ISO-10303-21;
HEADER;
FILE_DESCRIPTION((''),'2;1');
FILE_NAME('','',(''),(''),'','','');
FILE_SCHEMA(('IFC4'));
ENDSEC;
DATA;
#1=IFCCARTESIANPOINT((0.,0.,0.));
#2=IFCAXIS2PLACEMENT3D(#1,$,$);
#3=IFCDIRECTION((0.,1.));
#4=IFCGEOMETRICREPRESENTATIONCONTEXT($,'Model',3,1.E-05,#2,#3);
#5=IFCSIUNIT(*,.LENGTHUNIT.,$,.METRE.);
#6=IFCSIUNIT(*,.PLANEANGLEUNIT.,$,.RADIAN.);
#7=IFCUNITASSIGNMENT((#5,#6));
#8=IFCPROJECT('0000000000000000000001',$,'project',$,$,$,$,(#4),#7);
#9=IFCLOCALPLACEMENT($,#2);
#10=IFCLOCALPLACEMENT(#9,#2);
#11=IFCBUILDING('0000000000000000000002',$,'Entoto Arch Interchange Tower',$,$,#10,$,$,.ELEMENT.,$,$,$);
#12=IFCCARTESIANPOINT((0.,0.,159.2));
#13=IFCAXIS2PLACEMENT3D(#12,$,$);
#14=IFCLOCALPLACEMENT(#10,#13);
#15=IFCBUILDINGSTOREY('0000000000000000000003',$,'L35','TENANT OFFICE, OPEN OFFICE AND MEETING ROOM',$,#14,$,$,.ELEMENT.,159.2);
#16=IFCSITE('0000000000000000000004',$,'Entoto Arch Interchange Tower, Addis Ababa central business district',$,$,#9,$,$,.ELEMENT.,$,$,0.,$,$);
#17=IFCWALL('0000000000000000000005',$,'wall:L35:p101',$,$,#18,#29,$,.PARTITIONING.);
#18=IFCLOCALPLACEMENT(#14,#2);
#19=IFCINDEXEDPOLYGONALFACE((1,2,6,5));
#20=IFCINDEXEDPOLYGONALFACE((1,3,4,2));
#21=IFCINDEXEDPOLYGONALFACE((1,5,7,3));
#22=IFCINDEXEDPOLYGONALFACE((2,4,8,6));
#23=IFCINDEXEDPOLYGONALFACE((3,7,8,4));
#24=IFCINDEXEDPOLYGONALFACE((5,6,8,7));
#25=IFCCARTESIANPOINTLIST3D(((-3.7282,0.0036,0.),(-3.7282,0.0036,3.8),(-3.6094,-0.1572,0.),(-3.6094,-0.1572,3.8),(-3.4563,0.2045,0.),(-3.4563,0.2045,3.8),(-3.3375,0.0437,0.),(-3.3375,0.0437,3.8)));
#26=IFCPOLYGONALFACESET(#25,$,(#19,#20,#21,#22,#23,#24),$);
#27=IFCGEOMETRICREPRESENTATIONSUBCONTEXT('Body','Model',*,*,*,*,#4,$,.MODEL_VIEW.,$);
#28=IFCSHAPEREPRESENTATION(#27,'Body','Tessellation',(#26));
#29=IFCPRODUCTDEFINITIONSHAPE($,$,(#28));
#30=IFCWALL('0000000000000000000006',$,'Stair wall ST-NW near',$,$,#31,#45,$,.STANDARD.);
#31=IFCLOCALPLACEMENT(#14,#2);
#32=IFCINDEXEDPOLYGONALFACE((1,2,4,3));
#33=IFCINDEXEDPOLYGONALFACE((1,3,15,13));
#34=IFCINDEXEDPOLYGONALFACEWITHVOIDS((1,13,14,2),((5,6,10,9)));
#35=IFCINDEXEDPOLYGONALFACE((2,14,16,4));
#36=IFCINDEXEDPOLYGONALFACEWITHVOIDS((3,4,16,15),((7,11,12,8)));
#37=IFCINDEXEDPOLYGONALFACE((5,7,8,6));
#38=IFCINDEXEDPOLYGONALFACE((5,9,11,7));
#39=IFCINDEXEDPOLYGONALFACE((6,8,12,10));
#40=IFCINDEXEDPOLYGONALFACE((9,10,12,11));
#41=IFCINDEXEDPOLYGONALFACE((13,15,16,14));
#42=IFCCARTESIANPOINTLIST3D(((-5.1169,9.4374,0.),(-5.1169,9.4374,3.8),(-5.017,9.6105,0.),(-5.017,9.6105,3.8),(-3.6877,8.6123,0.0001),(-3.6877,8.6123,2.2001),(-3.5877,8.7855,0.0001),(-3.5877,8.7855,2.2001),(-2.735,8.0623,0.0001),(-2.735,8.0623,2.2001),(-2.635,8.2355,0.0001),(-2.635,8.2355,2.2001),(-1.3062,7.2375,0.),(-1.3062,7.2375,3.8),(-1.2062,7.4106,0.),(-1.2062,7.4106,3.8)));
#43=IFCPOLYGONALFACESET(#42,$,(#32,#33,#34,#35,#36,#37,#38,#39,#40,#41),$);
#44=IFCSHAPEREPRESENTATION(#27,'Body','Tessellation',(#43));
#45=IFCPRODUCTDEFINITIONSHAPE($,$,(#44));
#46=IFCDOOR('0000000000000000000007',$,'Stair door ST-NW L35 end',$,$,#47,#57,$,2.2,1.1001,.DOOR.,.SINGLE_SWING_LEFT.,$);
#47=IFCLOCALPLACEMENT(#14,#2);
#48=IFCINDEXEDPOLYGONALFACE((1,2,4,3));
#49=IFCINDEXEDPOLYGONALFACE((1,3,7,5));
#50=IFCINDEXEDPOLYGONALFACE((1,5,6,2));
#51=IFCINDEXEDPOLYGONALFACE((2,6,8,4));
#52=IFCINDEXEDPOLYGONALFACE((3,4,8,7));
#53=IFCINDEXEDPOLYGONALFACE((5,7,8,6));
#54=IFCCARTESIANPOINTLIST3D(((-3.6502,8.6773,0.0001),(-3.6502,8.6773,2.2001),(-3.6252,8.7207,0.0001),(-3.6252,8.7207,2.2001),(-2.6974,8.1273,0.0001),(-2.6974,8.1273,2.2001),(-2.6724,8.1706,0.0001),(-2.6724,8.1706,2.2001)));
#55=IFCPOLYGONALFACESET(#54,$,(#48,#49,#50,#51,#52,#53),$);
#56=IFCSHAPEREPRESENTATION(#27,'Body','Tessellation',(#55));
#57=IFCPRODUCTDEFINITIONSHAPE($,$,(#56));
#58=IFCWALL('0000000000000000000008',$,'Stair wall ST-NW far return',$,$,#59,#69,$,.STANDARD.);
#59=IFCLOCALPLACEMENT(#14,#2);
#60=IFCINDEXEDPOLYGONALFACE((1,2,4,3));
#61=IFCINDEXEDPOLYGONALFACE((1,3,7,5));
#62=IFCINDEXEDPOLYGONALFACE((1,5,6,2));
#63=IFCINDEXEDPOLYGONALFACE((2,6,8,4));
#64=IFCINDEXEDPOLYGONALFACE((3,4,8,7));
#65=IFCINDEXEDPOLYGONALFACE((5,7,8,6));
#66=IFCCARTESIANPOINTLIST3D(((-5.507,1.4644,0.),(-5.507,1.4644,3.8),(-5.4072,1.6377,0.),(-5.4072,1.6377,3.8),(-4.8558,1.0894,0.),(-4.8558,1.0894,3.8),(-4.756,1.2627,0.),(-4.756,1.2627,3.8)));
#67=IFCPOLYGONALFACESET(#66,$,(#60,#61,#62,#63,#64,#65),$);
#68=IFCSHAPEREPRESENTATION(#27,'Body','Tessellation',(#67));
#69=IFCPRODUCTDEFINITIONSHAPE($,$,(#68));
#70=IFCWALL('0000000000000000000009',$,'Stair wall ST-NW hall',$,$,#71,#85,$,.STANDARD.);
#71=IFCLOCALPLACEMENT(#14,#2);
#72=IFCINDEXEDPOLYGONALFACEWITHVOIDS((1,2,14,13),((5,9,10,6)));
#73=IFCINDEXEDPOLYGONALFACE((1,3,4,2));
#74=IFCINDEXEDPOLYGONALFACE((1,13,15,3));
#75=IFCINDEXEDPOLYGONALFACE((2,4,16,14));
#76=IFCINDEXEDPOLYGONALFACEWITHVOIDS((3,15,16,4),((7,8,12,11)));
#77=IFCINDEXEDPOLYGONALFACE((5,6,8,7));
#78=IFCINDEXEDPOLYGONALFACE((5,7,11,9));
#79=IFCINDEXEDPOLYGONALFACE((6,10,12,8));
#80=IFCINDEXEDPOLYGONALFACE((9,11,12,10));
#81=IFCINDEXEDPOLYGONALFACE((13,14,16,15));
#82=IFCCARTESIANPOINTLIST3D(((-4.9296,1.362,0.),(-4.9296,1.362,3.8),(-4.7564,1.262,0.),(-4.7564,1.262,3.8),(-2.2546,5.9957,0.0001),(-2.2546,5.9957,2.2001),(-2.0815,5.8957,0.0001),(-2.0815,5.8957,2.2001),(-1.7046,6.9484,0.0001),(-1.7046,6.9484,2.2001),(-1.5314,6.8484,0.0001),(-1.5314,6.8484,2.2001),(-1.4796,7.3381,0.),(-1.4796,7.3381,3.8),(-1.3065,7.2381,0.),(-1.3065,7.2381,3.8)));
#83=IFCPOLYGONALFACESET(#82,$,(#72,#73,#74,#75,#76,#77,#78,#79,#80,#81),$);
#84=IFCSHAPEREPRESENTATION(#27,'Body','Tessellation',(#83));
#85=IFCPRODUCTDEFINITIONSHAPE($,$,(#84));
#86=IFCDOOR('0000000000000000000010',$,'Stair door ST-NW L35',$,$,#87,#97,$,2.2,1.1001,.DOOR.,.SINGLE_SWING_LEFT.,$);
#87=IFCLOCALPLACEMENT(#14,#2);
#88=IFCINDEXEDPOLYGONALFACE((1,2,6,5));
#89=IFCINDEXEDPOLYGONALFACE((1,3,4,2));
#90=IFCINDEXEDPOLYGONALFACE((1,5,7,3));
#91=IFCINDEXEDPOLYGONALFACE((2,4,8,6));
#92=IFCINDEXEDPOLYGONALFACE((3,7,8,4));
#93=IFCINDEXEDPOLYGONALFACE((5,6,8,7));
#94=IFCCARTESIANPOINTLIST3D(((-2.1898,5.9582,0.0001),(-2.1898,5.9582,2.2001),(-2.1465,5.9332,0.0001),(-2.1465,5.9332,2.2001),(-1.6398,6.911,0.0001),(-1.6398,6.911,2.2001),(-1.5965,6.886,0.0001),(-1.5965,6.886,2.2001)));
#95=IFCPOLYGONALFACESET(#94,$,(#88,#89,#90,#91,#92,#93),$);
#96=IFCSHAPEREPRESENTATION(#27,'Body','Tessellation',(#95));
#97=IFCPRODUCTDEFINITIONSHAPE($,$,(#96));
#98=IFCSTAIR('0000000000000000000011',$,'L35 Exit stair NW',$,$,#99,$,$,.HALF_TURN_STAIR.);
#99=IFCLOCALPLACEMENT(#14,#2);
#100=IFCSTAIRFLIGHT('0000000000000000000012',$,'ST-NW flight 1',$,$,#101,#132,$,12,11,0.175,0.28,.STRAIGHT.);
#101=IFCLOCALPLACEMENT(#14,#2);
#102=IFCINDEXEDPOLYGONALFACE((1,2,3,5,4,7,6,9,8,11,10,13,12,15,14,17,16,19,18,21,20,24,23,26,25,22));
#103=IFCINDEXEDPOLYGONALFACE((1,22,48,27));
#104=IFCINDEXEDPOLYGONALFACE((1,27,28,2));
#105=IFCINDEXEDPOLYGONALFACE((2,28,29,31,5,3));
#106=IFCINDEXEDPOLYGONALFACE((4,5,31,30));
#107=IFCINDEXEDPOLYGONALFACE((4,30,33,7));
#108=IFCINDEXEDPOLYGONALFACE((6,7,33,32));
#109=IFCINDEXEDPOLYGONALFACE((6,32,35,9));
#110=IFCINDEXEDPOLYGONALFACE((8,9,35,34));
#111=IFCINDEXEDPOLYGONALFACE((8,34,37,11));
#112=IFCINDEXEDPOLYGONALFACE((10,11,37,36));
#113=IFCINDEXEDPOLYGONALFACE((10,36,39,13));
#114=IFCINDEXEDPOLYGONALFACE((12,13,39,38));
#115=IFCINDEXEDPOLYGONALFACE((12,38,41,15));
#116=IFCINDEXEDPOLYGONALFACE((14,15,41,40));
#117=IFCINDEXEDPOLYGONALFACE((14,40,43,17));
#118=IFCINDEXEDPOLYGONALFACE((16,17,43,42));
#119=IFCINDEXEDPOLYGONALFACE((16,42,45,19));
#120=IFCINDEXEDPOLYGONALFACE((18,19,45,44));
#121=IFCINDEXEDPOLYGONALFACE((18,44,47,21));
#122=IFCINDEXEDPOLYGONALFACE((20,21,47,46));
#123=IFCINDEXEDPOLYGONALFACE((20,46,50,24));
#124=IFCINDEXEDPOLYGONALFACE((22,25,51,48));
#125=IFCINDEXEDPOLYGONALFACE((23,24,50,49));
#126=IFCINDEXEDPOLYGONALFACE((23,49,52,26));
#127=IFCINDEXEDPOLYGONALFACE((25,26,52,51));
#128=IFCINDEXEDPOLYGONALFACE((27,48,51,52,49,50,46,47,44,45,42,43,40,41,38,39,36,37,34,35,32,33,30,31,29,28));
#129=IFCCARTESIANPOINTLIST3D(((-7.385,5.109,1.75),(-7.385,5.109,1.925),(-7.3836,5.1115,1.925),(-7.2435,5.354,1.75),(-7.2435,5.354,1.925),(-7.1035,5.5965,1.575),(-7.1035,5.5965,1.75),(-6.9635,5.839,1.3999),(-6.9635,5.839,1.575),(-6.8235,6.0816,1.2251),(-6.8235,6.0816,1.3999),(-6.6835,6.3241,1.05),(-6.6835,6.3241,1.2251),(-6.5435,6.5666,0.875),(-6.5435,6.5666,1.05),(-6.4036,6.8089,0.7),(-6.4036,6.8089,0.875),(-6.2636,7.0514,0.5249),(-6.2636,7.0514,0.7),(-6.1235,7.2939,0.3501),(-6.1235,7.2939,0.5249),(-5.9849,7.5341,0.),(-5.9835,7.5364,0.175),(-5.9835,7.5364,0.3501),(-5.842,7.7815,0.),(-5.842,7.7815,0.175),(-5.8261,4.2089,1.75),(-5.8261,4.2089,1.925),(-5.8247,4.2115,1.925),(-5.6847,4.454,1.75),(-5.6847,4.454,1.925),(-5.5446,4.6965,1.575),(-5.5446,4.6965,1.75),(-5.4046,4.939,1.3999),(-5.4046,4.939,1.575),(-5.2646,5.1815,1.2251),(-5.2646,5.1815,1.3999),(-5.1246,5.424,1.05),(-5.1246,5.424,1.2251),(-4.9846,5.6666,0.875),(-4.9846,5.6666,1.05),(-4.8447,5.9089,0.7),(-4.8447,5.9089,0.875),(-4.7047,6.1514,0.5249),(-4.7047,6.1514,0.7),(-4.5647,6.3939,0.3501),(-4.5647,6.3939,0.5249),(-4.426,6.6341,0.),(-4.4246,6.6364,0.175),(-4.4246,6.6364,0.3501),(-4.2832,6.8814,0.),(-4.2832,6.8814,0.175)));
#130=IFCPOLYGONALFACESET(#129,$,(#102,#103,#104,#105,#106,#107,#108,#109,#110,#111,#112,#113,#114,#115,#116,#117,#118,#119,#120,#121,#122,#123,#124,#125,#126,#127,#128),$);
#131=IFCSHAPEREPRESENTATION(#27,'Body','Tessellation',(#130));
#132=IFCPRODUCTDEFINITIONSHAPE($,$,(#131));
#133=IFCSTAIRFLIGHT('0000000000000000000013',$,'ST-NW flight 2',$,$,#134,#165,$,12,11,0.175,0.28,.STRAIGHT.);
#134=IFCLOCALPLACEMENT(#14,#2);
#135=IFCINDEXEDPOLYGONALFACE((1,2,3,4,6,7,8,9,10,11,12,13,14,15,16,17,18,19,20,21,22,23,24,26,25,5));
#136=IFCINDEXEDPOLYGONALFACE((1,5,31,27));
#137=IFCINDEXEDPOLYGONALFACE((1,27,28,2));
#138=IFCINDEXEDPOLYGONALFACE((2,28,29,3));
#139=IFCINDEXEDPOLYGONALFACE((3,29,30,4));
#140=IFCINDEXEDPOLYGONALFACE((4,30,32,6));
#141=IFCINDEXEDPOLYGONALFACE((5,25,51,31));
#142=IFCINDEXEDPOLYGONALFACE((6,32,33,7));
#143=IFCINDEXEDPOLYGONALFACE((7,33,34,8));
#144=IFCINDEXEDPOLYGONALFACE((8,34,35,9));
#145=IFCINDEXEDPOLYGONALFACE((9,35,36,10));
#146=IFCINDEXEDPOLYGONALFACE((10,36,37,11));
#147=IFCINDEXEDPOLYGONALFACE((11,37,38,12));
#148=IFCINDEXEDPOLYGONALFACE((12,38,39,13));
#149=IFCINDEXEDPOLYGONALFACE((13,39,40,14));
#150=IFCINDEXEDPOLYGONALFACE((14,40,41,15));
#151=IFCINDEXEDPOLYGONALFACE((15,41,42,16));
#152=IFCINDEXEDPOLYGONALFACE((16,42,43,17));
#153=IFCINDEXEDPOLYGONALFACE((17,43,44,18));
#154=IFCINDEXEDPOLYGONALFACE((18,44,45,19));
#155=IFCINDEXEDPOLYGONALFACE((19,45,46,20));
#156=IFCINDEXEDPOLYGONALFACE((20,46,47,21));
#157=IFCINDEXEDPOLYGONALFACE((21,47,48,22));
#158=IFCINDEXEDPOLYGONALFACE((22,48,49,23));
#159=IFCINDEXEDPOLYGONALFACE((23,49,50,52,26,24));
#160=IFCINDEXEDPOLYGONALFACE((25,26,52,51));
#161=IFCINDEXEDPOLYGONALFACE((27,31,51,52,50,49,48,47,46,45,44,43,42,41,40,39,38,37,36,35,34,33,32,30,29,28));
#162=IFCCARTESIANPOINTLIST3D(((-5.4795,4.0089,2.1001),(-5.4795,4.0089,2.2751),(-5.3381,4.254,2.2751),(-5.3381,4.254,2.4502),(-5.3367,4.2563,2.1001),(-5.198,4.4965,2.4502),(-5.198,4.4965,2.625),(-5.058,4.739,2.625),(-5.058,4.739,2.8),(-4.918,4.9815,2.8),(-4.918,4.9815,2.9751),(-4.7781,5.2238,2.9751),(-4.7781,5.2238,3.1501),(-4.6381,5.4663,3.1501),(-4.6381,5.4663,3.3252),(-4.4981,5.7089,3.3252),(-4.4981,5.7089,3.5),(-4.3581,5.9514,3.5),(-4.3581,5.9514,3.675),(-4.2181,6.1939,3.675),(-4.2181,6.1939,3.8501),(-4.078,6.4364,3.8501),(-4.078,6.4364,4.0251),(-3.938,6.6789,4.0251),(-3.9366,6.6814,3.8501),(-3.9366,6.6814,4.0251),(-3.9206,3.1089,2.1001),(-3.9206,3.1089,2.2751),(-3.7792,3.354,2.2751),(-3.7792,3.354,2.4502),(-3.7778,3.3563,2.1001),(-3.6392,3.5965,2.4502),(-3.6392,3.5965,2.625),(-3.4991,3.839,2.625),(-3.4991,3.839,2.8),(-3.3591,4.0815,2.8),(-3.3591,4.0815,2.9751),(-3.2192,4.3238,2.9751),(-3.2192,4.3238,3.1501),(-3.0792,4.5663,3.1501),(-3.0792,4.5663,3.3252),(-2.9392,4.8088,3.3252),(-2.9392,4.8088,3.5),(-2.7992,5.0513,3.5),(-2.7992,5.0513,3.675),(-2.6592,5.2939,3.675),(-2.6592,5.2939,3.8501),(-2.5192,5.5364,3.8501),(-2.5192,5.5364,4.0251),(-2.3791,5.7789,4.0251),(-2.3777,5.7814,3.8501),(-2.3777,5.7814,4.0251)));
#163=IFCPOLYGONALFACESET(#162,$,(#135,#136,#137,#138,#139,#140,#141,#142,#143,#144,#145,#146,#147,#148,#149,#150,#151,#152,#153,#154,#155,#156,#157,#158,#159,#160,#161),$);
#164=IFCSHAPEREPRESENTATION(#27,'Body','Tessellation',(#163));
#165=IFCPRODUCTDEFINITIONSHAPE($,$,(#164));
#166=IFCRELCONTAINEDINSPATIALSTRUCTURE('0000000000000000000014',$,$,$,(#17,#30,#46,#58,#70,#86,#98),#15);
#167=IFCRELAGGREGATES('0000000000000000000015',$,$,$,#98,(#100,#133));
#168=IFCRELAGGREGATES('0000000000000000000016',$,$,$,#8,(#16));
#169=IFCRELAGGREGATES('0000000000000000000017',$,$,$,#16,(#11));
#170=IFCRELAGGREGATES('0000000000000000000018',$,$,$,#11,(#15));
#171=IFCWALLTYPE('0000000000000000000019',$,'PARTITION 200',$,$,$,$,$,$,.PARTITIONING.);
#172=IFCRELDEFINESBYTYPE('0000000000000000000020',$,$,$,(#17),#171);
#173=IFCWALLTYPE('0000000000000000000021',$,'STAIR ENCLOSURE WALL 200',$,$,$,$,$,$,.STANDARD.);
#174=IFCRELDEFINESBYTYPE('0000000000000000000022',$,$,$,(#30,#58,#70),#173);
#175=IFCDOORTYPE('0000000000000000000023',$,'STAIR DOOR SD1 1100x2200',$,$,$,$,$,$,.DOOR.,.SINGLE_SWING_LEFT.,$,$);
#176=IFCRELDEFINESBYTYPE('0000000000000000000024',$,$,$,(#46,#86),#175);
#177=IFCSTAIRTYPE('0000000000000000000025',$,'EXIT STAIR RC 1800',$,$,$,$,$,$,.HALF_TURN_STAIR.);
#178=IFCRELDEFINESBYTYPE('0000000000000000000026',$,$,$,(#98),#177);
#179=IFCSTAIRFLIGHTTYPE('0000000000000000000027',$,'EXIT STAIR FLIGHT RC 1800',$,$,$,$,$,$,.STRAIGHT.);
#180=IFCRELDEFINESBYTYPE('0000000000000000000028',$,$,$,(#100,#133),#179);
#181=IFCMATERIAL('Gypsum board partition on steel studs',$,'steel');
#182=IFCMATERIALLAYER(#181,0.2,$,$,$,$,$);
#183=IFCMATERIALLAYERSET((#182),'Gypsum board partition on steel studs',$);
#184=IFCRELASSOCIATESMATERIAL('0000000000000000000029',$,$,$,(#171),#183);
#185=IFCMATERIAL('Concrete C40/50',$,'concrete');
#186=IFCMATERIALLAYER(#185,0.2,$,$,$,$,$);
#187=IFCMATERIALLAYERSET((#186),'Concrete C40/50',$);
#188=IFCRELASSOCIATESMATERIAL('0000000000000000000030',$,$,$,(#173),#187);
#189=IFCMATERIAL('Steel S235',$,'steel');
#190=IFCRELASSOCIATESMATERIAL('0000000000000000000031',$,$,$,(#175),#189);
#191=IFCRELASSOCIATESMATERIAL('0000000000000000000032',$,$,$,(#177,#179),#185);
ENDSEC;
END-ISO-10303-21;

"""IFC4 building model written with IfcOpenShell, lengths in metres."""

from ifc_helpers import new_model, si_unit, direction, frame, frame_2d, origin, place, context, subcontext, project, spatial, polyline, rectangle, outline, extrude, material, layer, layer_set, type_object, element, fill, aggregate, save


model = new_model("IFC4")

# Units and contexts
model_context = context("Model", 3, precision=1e-05, world=origin(), true_north=direction((0.0, 1.0)))
body_context = subcontext(model_context, "Body", "Model", "MODEL_VIEW")
ifc_project = project(units=[si_unit("LENGTHUNIT", "METRE"), si_unit("PLANEANGLEUNIT", "RADIAN")], contexts=[model_context])

# Site, building, storey
site_placement = place(None, origin())
site = spatial("IfcSite", under=ifc_project, at=site_placement, Name="Entoto Arch Interchange Tower, Addis Ababa central business district", CompositionType="ELEMENT", RefElevation=0.0)
building_placement = place(site_placement, origin())
building = spatial("IfcBuilding", under=site, at=building_placement, Name="Entoto Arch Interchange Tower", CompositionType="ELEMENT")
storey_placement = place(building_placement, frame((0.0, 0.0, 159.2)))
storey = spatial("IfcBuildingStorey", under=building, at=storey_placement, Name="L35", Description="TENANT OFFICE, OPEN OFFICE AND MEETING ROOM", CompositionType="ELEMENT", Elevation=159.2)

# Shared definitions
ifc_material_1 = material(Name="Gypsum board partition on steel studs", Category="steel")
ifc_layer_1 = layer(ifc_material_1, 0.2)
ifc_layer_set_1 = layer_set([ifc_layer_1], Name="Gypsum board partition on steel studs")
wall_type_1 = type_object("IfcWallType", Name="PARTITION 200", PredefinedType="PARTITIONING", material=ifc_layer_set_1)

# Wall
wall_1_placement = place(storey_placement, frame((-3.397, 0.124, 0.0), z_axis=(0.0, 0.0, 1.0), x_axis=(-0.804311, -0.594208, 0.0)))
element("IfcWall", 1, at=wall_1_placement, inside=storey, type_object=wall_type_1, Name="wall:L35:p101", PredefinedType="PARTITIONING", context=body_context, shape_type="SweptSolid", body=[
    extrude(rectangle(XDim=0.3381, YDim=0.2, at=frame_2d((0.1689, 0.0))), origin(), (0.0, 0.0, 1.0), 3.8),
])

# Wall, opening, door
ifc_material_2 = material(Name="Concrete C40/50", Category="concrete")
ifc_layer_2 = layer(ifc_material_2, 0.2)
ifc_layer_set_2 = layer_set([ifc_layer_2], Name="Concrete C40/50")
wall_type_2 = type_object("IfcWallType", Name="STAIR ENCLOSURE WALL 200", PredefinedType="STANDARD", material=ifc_layer_set_2)
wall_2_placement = place(storey_placement, frame((-1.2561, 7.324, 0.0), z_axis=(0.0, 0.0, 1.0), x_axis=(-0.866046, 0.499964, 0.0)))
wall_2 = element("IfcWall", 2, at=wall_2_placement, inside=storey, type_object=wall_type_2, Name="Stair wall ST-NW near", PredefinedType="STANDARD", context=body_context, shape_type="SweptSolid", body=[
    extrude(rectangle(XDim=4.4001, YDim=0.2, at=frame_2d((2.2002, 0.0))), origin(), (0.0, 0.0, 1.0), 3.8),
])
opening_1_placement = place(wall_2_placement, frame((1.6499, 0.0, 0.0)))
opening_1 = element("IfcOpeningElement", 3, at=opening_1_placement, cuts=wall_2, PredefinedType="OPENING", context=body_context, shape_type="SweptSolid", body=[
    extrude(rectangle(XDim=1.1001, YDim=2.2, at=frame_2d((0.55, 1.1001))), frame((0.0, 0.1099, 0.0), z_axis=(0.0, -1.0, 0.0), x_axis=(1.0, 0.0, 0.0)), (0.0, 0.0, 1.0), 0.22),
])
ifc_material_3 = material(Name="Steel S235", Category="steel")
door_type_1 = type_object("IfcDoorType", Name="STAIR DOOR SD1 1100x2200", OperationType="SINGLE_SWING_LEFT", PredefinedType="DOOR", material=ifc_material_3)
door_1_placement = place(opening_1_placement, origin())
door_1 = element("IfcDoor", 4, at=door_1_placement, inside=storey, type_object=door_type_1, Name="Stair door ST-NW L35 end", OperationType="SINGLE_SWING_LEFT", OverallHeight=2.2, OverallWidth=1.1001, PredefinedType="DOOR", context=body_context, shape_type="SweptSolid", body=[
    extrude(rectangle(XDim=1.1001, YDim=2.2, at=frame_2d((0.55, 1.1001))), frame((0.0, 0.0249, 0.0), z_axis=(0.0, -1.0, 0.0), x_axis=(1.0, 0.0, 0.0)), (0.0, 0.0, 1.0), 0.05),
])
fill(opening_1, door_1)

# Wall
wall_3_placement = place(storey_placement, frame((-4.8059, 1.176, 0.0), z_axis=(0.0, 0.0, 1.0), x_axis=(-0.866559, 0.499075, 0.0)))
element("IfcWall", 5, at=wall_3_placement, inside=storey, type_object=wall_type_2, Name="Stair wall ST-NW far return", PredefinedType="STANDARD", context=body_context, shape_type="SweptSolid", body=[
    extrude(rectangle(XDim=0.7515, YDim=0.2, at=frame_2d((0.3757, 0.0))), origin(), (0.0, 0.0, 1.0), 3.8),
])

# Wall, opening, door
wall_4_placement = place(storey_placement, frame((-1.3931, 7.2881, 0.0), z_axis=(0.0, 0.0, 1.0), x_axis=(-0.499963, -0.866047, 0.0)))
wall_4 = element("IfcWall", 6, at=wall_4_placement, inside=storey, type_object=wall_type_2, Name="Stair wall ST-NW hall", PredefinedType="STANDARD", context=body_context, shape_type="SweptSolid", body=[
    extrude(rectangle(XDim=6.9004, YDim=0.2, at=frame_2d((3.4502, 0.0))), origin(), (0.0, 0.0, 1.0), 3.8),
])
opening_2_placement = place(wall_4_placement, frame((0.45, 0.0, 0.0)))
opening_2 = element("IfcOpeningElement", 7, at=opening_2_placement, cuts=wall_4, PredefinedType="OPENING", context=body_context, shape_type="SweptSolid", body=[
    extrude(rectangle(XDim=1.1001, YDim=2.2, at=frame_2d((0.55, 1.1001))), frame((0.0, 0.1099, 0.0), z_axis=(0.0, -1.0, 0.0), x_axis=(1.0, 0.0, 0.0)), (0.0, 0.0, 1.0), 0.22),
])
door_2_placement = place(opening_2_placement, origin())
door_2 = element("IfcDoor", 8, at=door_2_placement, inside=storey, type_object=door_type_1, Name="Stair door ST-NW L35", OperationType="SINGLE_SWING_LEFT", OverallHeight=2.2, OverallWidth=1.1001, PredefinedType="DOOR", context=body_context, shape_type="SweptSolid", body=[
    extrude(rectangle(XDim=1.1001, YDim=2.2, at=frame_2d((0.55, 1.1001))), frame((0.0, 0.0249, 0.0), z_axis=(0.0, -1.0, 0.0), x_axis=(1.0, 0.0, 0.0)), (0.0, 0.0, 1.0), 0.05),
])
fill(opening_2, door_2)

# Stair, stair flights
stair_type = type_object("IfcStairType", Name="EXIT STAIR RC 1800", PredefinedType="HALF_TURN_STAIR", material=ifc_material_2)
stair_placement = place(storey_placement, origin())
stair = element("IfcStair", 9, at=stair_placement, inside=storey, type_object=stair_type, Name="L35 Exit stair NW", PredefinedType="HALF_TURN_STAIR")
stair_flight_type = type_object("IfcStairFlightType", Name="EXIT STAIR FLIGHT RC 1800", PredefinedType="STRAIGHT", material=ifc_material_2)
stair_flight_1_placement = place(storey_placement, frame((-5.064, 7.3289, 0.0), z_axis=(0.0, 0.0, 1.0), x_axis=(-0.5, -0.866025, 0.0)))
stair_flight_1 = element("IfcStairFlight", 10, at=stair_flight_1_placement, type_object=stair_flight_type, Name="ST-NW flight 1", NumberOfRisers=12, NumberOfTreads=11, PredefinedType="STRAIGHT", RiserHeight=0.175, TreadLength=0.28, context=body_context, shape_type="SweptSolid", body=[
    extrude(outline(polyline([(-0.0029, 0.0), (-0.0029, 0.175), (0.28, 0.175), (0.28, 0.3501), (0.5601, 0.3501), (0.5601, 0.5249), (0.8401, 0.5249), (0.8401, 0.7), (1.1201, 0.7), (1.1201, 0.875), (1.3999, 0.875), (1.3999, 1.05), (1.6799, 1.05), (1.6799, 1.2251), (1.96, 1.2251), (1.96, 1.3999), (2.24, 1.3999), (2.24, 1.575), (2.52, 1.575), (2.52, 1.75), (2.8, 1.75), (2.8, 1.925), (3.0801, 1.925), (3.083, 1.925), (3.083, 1.75), (0.2827, 0.0), (-0.0029, 0.0)])), frame((0.0, 0.8999, 0.0), z_axis=(0.0, -1.0, 0.0), x_axis=(1.0, 0.0, 0.0)), (0.0, 0.0, 1.0), 1.8),
])
stair_flight_2_placement = place(storey_placement, frame((-4.6987, 3.5615, 2.1001), z_axis=(0.0, 0.0, 1.0), x_axis=(0.5, 0.866025, 0.0)))
stair_flight_2 = element("IfcStairFlight", 11, at=stair_flight_2_placement, type_object=stair_flight_type, Name="ST-NW flight 2", NumberOfRisers=12, NumberOfTreads=11, PredefinedType="STRAIGHT", RiserHeight=0.175, TreadLength=0.28, context=body_context, shape_type="SweptSolid", body=[
    extrude(outline(polyline([(-0.0029, 0.0), (-0.0029, 0.175), (0.28, 0.175), (0.28, 0.3501), (0.5601, 0.3501), (0.5601, 0.5249), (0.8401, 0.5249), (0.8401, 0.7), (1.1201, 0.7), (1.1201, 0.875), (1.3999, 0.875), (1.3999, 1.05), (1.6799, 1.05), (1.6799, 1.2251), (1.96, 1.2251), (1.96, 1.3999), (2.24, 1.3999), (2.24, 1.575), (2.52, 1.575), (2.52, 1.75), (2.8, 1.75), (2.8, 1.925), (3.0801, 1.925), (3.083, 1.925), (3.083, 1.75), (0.2827, 0.0), (-0.0029, 0.0)])), frame((0.0, 0.8999, 0.0), z_axis=(0.0, -1.0, 0.0), x_axis=(1.0, 0.0, 0.0)), (0.0, 0.0, 1.0), 1.8),
])
aggregate(stair, [stair_flight_1, stair_flight_2])

save(model, "model.ifc")
